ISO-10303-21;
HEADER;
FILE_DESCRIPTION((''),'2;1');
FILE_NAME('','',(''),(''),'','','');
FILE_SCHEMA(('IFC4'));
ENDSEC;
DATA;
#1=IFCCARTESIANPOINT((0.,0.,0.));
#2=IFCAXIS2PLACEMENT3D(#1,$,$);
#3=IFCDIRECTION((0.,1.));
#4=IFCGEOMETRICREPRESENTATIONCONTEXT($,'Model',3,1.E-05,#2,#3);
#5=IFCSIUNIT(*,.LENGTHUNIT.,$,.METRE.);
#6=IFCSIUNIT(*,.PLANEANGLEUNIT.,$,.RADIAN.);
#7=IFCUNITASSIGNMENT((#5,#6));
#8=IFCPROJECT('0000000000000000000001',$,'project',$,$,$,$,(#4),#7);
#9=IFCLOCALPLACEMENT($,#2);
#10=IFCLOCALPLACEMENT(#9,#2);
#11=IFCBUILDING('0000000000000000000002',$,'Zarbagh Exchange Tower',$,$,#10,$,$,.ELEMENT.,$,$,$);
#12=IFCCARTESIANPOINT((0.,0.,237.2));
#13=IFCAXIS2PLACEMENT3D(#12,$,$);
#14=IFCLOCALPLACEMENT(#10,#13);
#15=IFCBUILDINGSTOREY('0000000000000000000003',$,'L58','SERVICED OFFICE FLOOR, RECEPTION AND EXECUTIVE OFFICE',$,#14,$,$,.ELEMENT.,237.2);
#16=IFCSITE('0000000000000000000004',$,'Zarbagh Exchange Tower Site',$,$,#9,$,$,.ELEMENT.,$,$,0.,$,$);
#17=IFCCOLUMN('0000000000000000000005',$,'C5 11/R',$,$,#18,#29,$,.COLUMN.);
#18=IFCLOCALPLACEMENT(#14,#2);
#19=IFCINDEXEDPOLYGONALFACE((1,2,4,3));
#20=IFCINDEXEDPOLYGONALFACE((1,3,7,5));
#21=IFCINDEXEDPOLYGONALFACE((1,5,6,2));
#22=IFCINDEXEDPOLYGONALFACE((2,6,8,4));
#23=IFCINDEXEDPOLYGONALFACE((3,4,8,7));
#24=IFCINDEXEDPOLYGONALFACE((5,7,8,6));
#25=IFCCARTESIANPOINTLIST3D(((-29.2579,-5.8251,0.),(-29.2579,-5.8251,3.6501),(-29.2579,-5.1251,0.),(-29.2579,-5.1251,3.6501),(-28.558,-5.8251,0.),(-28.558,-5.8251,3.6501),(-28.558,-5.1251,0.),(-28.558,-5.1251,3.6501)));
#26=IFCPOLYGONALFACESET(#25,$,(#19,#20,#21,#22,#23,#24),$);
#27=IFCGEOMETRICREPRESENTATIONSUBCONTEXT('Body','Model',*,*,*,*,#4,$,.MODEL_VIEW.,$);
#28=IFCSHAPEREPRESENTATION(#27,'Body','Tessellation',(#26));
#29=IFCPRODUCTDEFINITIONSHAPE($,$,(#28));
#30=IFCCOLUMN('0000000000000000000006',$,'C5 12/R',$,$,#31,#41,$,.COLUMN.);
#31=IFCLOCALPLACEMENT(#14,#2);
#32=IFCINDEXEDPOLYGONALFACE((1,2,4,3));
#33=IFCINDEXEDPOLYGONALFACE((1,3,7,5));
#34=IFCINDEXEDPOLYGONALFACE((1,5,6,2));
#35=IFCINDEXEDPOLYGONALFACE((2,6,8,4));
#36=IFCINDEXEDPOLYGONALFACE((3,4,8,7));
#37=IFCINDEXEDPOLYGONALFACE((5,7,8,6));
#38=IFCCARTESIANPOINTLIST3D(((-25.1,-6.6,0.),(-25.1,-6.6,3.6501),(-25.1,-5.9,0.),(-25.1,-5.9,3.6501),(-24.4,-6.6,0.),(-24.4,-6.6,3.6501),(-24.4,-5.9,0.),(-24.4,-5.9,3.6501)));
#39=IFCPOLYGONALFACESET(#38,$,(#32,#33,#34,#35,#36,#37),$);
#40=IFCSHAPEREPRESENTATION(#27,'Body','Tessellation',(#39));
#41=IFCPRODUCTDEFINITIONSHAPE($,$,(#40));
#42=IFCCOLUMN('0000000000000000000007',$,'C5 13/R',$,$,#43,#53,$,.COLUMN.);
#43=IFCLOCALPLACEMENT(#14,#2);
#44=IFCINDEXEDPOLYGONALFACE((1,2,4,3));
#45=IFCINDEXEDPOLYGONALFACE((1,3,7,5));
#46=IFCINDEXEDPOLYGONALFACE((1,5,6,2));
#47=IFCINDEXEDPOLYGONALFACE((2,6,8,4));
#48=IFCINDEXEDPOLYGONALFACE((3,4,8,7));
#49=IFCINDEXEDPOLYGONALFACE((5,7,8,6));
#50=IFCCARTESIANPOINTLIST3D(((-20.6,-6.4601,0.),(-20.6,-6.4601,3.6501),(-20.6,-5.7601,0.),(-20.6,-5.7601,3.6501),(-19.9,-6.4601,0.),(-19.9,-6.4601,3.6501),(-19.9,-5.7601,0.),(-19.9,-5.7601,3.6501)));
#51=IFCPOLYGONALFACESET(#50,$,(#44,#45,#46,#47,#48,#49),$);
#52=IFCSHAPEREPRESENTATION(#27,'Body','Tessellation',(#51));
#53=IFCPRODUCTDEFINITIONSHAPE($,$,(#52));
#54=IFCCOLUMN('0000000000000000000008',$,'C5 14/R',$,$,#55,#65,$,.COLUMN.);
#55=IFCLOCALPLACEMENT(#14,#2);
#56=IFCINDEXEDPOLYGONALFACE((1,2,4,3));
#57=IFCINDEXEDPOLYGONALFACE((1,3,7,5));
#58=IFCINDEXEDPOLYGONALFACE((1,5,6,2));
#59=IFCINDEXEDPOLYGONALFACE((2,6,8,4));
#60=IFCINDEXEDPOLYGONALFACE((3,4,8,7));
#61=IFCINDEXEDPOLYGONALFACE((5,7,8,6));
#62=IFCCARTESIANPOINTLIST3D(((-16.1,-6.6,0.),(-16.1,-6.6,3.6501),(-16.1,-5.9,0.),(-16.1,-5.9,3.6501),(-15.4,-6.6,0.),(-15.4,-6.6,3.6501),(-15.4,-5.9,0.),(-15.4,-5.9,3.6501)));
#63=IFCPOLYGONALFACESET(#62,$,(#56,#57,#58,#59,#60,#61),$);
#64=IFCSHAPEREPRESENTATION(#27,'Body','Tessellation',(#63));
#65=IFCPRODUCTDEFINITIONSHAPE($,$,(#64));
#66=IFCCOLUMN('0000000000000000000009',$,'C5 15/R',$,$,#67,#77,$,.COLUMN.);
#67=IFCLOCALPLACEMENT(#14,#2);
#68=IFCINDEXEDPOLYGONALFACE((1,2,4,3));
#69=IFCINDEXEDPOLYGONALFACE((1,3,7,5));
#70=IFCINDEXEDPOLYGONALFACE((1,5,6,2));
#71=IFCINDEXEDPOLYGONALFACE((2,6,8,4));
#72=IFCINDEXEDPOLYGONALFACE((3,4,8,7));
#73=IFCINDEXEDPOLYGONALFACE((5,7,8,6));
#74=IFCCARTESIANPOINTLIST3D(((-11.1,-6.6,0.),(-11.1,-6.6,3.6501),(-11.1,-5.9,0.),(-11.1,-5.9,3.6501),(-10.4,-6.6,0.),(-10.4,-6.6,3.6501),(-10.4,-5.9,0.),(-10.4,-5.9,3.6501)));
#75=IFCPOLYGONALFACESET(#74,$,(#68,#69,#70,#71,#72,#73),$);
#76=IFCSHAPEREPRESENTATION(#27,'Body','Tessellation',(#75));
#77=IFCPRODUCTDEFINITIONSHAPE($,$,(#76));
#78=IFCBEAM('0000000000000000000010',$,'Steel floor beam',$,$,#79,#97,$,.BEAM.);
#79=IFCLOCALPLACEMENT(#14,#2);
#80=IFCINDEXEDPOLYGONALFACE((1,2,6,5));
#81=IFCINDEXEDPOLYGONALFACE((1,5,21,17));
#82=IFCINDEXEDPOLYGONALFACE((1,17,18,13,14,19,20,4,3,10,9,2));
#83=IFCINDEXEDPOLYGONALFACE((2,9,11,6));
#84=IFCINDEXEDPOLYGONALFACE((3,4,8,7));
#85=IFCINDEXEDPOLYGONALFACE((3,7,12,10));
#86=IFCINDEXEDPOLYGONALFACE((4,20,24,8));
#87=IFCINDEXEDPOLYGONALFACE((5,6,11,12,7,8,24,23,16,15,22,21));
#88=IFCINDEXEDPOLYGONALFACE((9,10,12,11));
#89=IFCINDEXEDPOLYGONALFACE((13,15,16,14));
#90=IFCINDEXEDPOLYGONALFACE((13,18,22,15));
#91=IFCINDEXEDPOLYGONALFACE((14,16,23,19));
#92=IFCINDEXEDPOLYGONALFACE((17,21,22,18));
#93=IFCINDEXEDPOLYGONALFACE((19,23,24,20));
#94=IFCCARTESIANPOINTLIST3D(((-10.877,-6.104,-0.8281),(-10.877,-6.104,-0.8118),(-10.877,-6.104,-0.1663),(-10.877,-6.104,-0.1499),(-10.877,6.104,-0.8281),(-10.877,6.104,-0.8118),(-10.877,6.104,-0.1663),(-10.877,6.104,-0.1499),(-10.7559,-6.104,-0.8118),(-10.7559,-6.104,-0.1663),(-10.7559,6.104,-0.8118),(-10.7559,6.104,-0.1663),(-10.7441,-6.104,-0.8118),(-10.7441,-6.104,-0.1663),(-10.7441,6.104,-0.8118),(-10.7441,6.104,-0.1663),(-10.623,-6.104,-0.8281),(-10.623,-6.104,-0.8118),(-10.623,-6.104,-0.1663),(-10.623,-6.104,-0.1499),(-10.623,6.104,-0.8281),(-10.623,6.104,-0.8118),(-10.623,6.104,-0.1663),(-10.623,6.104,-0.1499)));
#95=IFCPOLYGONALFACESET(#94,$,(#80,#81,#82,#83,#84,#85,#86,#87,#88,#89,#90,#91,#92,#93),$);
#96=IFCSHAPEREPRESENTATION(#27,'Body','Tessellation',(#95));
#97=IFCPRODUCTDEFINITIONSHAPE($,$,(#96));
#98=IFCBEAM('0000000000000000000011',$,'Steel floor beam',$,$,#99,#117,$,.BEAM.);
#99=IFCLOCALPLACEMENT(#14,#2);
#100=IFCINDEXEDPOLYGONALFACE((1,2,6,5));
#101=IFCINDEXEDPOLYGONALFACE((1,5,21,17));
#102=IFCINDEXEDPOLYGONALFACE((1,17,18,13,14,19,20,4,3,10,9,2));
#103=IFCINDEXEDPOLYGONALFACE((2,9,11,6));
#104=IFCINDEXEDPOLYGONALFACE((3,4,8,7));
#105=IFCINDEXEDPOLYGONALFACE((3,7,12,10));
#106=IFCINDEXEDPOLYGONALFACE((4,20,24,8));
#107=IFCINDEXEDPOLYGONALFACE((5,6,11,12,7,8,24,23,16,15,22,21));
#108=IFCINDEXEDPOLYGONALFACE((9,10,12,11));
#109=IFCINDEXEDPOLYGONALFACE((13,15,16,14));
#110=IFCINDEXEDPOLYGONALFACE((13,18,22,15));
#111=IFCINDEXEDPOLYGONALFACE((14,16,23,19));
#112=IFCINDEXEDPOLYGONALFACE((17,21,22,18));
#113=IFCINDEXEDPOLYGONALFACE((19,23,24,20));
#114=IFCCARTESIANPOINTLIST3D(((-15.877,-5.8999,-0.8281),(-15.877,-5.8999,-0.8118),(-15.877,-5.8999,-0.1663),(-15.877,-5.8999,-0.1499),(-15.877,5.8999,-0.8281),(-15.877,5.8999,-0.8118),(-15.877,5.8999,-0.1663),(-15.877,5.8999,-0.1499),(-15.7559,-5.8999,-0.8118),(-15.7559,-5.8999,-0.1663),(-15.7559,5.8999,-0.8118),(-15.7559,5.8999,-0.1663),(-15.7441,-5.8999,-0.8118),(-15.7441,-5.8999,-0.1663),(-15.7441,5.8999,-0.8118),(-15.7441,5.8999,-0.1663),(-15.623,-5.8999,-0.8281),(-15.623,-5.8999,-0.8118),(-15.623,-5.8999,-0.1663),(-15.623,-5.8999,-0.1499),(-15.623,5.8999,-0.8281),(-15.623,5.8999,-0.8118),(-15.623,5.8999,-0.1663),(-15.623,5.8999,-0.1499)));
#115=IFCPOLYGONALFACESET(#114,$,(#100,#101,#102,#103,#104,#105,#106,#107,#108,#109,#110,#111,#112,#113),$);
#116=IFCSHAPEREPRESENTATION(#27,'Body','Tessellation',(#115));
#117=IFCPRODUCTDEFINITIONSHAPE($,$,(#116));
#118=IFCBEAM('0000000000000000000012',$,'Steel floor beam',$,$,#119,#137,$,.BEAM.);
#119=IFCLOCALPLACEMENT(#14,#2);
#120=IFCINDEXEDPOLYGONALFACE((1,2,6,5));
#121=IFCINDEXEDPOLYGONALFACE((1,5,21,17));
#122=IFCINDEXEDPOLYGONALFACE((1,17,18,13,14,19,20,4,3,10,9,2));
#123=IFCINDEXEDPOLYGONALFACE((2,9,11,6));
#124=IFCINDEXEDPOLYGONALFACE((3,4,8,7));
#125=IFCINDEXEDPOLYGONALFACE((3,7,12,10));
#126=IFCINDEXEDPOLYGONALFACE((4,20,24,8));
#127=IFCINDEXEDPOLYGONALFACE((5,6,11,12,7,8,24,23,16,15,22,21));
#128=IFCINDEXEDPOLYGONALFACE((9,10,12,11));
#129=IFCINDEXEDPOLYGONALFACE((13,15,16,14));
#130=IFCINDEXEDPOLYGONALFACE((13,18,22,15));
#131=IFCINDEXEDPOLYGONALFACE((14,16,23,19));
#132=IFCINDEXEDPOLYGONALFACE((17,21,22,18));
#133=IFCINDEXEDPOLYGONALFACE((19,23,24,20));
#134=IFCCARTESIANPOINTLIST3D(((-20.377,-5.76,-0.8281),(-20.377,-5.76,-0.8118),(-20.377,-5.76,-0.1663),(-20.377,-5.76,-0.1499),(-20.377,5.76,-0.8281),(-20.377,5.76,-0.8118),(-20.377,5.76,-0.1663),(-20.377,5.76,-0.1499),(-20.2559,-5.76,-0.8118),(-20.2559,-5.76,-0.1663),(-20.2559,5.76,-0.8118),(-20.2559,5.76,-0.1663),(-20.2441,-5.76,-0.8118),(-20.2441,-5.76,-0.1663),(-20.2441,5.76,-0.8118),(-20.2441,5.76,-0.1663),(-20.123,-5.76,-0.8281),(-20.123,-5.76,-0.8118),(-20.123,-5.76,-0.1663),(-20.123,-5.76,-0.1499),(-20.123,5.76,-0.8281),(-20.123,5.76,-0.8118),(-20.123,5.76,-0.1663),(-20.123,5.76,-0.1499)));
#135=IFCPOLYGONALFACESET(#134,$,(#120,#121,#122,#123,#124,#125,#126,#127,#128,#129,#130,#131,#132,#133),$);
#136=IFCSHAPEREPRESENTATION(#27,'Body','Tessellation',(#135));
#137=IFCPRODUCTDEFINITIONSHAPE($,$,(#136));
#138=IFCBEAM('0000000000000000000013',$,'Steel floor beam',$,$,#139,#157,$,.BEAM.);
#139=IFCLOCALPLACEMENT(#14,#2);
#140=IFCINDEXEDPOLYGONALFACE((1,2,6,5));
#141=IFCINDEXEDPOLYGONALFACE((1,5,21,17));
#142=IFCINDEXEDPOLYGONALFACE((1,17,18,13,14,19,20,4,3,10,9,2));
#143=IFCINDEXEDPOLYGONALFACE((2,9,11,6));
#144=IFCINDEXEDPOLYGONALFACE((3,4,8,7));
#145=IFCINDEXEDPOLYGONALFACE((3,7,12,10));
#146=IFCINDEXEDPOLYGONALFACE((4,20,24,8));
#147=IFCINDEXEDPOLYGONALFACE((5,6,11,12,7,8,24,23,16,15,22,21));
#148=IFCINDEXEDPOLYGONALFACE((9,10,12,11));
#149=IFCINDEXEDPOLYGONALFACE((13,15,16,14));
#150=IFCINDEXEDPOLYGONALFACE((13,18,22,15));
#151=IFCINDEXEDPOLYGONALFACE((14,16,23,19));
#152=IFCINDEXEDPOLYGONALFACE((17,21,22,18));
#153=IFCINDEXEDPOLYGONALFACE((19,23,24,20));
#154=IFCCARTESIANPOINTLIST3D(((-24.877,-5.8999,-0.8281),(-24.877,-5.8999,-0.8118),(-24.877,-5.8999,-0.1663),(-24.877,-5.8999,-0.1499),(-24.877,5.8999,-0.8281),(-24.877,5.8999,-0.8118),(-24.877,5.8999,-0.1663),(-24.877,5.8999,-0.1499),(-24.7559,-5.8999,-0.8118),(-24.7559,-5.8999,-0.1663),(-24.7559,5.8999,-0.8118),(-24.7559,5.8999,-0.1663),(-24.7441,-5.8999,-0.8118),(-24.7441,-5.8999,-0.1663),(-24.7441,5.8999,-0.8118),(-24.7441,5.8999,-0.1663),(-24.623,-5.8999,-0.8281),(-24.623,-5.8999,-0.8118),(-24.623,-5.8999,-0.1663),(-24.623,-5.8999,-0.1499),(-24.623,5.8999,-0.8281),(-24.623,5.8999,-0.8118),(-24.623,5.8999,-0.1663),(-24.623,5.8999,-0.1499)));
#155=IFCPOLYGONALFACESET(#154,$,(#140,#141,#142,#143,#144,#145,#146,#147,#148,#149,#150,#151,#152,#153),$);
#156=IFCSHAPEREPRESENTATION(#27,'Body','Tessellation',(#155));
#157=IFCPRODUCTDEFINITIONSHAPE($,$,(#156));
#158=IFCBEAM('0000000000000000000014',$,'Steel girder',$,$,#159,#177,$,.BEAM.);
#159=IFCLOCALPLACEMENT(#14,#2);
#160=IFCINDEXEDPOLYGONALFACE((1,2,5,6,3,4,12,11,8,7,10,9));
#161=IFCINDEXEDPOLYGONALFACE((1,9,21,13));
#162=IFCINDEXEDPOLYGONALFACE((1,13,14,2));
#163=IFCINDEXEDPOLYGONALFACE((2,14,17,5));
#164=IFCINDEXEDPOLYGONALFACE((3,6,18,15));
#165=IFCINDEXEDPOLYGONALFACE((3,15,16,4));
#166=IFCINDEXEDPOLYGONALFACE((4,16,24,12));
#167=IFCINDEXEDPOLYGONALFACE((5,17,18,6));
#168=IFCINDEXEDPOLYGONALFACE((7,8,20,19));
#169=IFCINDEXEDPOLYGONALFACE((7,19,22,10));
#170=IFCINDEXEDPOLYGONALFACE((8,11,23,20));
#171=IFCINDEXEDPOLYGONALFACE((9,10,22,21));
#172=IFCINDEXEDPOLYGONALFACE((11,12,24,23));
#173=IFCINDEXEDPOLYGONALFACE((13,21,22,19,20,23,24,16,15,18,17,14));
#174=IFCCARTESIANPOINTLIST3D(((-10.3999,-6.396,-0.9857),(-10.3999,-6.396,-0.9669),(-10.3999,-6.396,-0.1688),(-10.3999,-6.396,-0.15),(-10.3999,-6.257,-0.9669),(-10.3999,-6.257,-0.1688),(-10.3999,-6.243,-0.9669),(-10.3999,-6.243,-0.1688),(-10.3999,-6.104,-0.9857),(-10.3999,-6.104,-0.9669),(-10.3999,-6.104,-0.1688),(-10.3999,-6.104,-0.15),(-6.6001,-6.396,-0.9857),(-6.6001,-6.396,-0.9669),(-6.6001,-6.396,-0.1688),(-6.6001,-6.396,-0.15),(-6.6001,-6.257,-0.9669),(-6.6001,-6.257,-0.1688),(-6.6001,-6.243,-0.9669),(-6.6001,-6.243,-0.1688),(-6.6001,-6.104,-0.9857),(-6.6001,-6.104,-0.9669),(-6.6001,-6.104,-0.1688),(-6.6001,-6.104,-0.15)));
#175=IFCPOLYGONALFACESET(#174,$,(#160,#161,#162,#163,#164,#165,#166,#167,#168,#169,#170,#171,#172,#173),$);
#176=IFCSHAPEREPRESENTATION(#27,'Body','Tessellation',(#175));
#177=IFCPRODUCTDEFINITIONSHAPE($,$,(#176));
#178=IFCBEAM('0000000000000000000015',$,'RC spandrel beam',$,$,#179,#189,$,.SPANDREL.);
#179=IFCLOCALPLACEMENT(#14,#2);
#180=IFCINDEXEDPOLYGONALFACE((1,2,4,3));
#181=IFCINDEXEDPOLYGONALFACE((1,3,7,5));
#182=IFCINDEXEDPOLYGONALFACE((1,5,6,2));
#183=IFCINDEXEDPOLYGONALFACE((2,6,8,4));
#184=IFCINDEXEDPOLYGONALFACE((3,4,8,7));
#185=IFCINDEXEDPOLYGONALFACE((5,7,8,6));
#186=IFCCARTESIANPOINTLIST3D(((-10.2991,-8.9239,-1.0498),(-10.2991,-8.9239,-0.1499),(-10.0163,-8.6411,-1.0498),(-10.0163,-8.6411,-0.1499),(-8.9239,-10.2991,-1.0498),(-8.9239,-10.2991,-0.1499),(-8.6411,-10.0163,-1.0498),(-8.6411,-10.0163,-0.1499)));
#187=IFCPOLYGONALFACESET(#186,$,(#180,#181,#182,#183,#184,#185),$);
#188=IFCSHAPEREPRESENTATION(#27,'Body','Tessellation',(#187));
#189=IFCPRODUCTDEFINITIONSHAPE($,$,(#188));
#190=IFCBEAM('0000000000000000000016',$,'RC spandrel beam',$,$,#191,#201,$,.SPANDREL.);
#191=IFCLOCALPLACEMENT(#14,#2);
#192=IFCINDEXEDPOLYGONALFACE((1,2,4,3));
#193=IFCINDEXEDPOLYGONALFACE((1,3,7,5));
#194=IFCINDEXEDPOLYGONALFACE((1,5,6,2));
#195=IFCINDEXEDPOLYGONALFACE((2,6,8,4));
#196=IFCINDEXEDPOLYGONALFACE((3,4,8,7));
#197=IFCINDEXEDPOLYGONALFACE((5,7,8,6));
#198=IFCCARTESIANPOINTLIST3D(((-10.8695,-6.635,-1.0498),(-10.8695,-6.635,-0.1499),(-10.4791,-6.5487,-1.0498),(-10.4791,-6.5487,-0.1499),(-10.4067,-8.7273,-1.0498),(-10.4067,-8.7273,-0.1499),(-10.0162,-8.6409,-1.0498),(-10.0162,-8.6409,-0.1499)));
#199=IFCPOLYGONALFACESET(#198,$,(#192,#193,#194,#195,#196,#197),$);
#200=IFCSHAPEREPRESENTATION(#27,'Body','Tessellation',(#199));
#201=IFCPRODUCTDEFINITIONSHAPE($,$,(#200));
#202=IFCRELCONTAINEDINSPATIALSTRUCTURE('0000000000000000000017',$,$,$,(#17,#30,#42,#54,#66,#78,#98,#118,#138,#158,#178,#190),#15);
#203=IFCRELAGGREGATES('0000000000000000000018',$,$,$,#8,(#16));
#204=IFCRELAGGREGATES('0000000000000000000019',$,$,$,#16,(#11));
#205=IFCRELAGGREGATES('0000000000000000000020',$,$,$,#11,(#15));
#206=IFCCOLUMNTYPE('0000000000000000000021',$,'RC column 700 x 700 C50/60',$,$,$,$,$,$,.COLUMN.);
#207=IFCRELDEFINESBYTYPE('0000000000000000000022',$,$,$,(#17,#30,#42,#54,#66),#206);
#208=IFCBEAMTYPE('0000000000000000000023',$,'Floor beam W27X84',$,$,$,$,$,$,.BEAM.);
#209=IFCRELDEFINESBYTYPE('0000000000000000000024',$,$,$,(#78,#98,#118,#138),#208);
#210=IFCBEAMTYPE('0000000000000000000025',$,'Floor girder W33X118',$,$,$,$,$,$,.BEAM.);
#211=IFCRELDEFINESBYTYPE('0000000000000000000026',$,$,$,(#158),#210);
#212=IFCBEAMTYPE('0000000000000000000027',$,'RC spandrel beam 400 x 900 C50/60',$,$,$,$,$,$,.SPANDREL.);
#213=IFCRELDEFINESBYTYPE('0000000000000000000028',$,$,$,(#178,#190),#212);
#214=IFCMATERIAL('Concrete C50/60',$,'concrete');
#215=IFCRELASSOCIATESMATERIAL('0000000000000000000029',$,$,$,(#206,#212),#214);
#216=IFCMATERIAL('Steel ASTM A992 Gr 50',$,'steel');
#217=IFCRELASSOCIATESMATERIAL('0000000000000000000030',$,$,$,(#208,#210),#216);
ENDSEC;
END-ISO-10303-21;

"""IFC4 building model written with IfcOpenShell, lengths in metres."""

from ifc_helpers import new_model, si_unit, direction, frame, origin, origin_2d, place, context, subcontext, project, spatial, rectangle, i_section, extrude, material, material_profile, profile_set, type_object, element, save


model = new_model("IFC4")

# Units and contexts
model_context = context("Model", 3, precision=1e-05, world=origin(), true_north=direction((0.0, 1.0)))
body_context = subcontext(model_context, "Body", "Model", "MODEL_VIEW")
ifc_project = project(units=[si_unit("LENGTHUNIT", "METRE"), si_unit("PLANEANGLEUNIT", "RADIAN")], contexts=[model_context])

# Site, building, storey
site_placement = place(None, origin())
site = spatial("IfcSite", under=ifc_project, at=site_placement, Name="Zarbagh Exchange Tower Site", CompositionType="ELEMENT", RefElevation=0.0)
building_placement = place(site_placement, origin())
building = spatial("IfcBuilding", under=site, at=building_placement, Name="Zarbagh Exchange Tower", CompositionType="ELEMENT")
storey_placement = place(building_placement, frame((0.0, 0.0, 237.2)))
storey = spatial("IfcBuildingStorey", under=building, at=storey_placement, Name="L58", Description="SERVICED OFFICE FLOOR, RECEPTION AND EXECUTIVE OFFICE", CompositionType="ELEMENT", Elevation=237.2)

# Columns
ifc_material_1 = material(Name="Concrete C50/60", Category="concrete")
ifc_material_profile_1 = material_profile(ifc_material_1, rectangle(XDim=0.7, YDim=0.7, at=origin_2d()), Name="RC column 700 x 700 C50/60")
ifc_profile_set_1 = profile_set([ifc_material_profile_1], Name="Concrete C50/60")
column_type = type_object("IfcColumnType", Name="RC column 700 x 700 C50/60", PredefinedType="COLUMN", material=ifc_profile_set_1)
for number, where, z_axis, x_axis, name in (
    (1, (-28.908, -5.4751, 0.0), (0.0, 0.0, 1.0), (1.0, 0.0, 0.0), "C5 11/R"),
    (2, (-24.75, -6.25, 0.0), (0.0, 0.0, 1.0), (1.0, 0.0, 0.0), "C5 12/R"),
    (3, (-20.25, -6.1101, 0.0), (0.0, 0.0, 1.0), (1.0, 0.0, 0.0), "C5 13/R"),
    (4, (-15.75, -6.25, 0.0), (0.0, 0.0, 1.0), (1.0, 0.0, 0.0), "C5 14/R"),
    (5, (-10.75, -6.25, 0.0), (0.0, 0.0, 1.0), (1.0, 0.0, 0.0), "C5 15/R"),
):
    element("IfcColumn", number, at=place(storey_placement, frame(where, z_axis=z_axis, x_axis=x_axis)), inside=storey, type_object=column_type, Name=name, PredefinedType="COLUMN", context=body_context, shape_type="SweptSolid", body=[
        extrude(rectangle(XDim=0.7, YDim=0.7, at=origin_2d()), origin(), (0.0, 0.0, 1.0), 3.6501),
    ])

# Beams
ifc_material_2 = material(Name="Steel ASTM A992 Gr 50", Category="steel")
ifc_material_profile_2 = material_profile(ifc_material_2, i_section(OverallWidth=0.2539, OverallDepth=0.6782, WebThickness=0.0117, FlangeThickness=0.0164, at=origin_2d()), Name="W27X84")
ifc_profile_set_2 = profile_set([ifc_material_profile_2], Name="Steel ASTM A992 Gr 50")
beam_type_1 = type_object("IfcBeamType", Name="Floor beam W27X84", PredefinedType="BEAM", material=ifc_profile_set_2)
beam_1_placement = place(storey_placement, frame((-10.75, -6.104, -0.489), z_axis=(0.0, 1.0, 0.0), x_axis=(-1.0, 0.0, 0.0)))
element("IfcBeam", 6, at=beam_1_placement, inside=storey, type_object=beam_type_1, Name="Steel floor beam", PredefinedType="BEAM", context=body_context, shape_type="SweptSolid", body=[
    extrude(i_section(OverallWidth=0.2539, OverallDepth=0.6782, WebThickness=0.0117, FlangeThickness=0.0164, at=origin_2d()), origin(), (0.0, 0.0, 1.0), 12.208),
])
beam_2_placement = place(storey_placement, frame((-15.75, -5.8999, -0.489), z_axis=(0.0, 1.0, 0.0), x_axis=(-1.0, 0.0, 0.0)))
element("IfcBeam", 7, at=beam_2_placement, inside=storey, type_object=beam_type_1, Name="Steel floor beam", PredefinedType="BEAM", context=body_context, shape_type="SweptSolid", body=[
    extrude(i_section(OverallWidth=0.2539, OverallDepth=0.6782, WebThickness=0.0117, FlangeThickness=0.0164, at=origin_2d()), origin(), (0.0, 0.0, 1.0), 11.7998),
])
beam_3_placement = place(storey_placement, frame((-20.25, -5.76, -0.489), z_axis=(0.0, 1.0, 0.0), x_axis=(-1.0, 0.0, 0.0)))
element("IfcBeam", 8, at=beam_3_placement, inside=storey, type_object=beam_type_1, Name="Steel floor beam", PredefinedType="BEAM", context=body_context, shape_type="SweptSolid", body=[
    extrude(i_section(OverallWidth=0.2539, OverallDepth=0.6782, WebThickness=0.0117, FlangeThickness=0.0164, at=origin_2d()), origin(), (0.0, 0.0, 1.0), 11.52),
])
beam_4_placement = place(storey_placement, frame((-24.75, -5.8999, -0.489), z_axis=(0.0, 1.0, 0.0), x_axis=(-1.0, 0.0, 0.0)))
element("IfcBeam", 9, at=beam_4_placement, inside=storey, type_object=beam_type_1, Name="Steel floor beam", PredefinedType="BEAM", context=body_context, shape_type="SweptSolid", body=[
    extrude(i_section(OverallWidth=0.2539, OverallDepth=0.6782, WebThickness=0.0117, FlangeThickness=0.0164, at=origin_2d()), origin(), (0.0, 0.0, 1.0), 11.7998),
])
ifc_material_profile_3 = material_profile(ifc_material_2, i_section(OverallWidth=0.292, OverallDepth=0.8357, WebThickness=0.0139, FlangeThickness=0.0188, at=origin_2d()), Name="W33X118")
ifc_profile_set_3 = profile_set([ifc_material_profile_3], Name="Steel ASTM A992 Gr 50")
beam_type_2 = type_object("IfcBeamType", Name="Floor girder W33X118", PredefinedType="BEAM", material=ifc_profile_set_3)
beam_5_placement = place(storey_placement, frame((-10.3999, -6.25, -0.5679), z_axis=(1.0, 0.0, 0.0), x_axis=(0.0, 1.0, 0.0)))
element("IfcBeam", 10, at=beam_5_placement, inside=storey, type_object=beam_type_2, Name="Steel girder", PredefinedType="BEAM", context=body_context, shape_type="SweptSolid", body=[
    extrude(i_section(OverallWidth=0.292, OverallDepth=0.8357, WebThickness=0.0139, FlangeThickness=0.0188, at=origin_2d()), origin(), (0.0, 0.0, 1.0), 3.7998),
])
ifc_material_profile_4 = material_profile(ifc_material_1, rectangle(XDim=0.3999, YDim=0.8999, at=origin_2d()), Name="RC spandrel beam 400 x 900 C50/60")
ifc_profile_set_4 = profile_set([ifc_material_profile_4], Name="Concrete C50/60")
beam_type_3 = type_object("IfcBeamType", Name="RC spandrel beam 400 x 900 C50/60", PredefinedType="SPANDREL", material=ifc_profile_set_4)
beam_6_placement = place(storey_placement, frame((-8.7825, -10.1577, -0.5999), z_axis=(-0.707107, 0.707107, 0.0), x_axis=(-0.707107, -0.707107, 0.0)))
element("IfcBeam", 11, at=beam_6_placement, inside=storey, type_object=beam_type_3, Name="RC spandrel beam", PredefinedType="SPANDREL", context=body_context, shape_type="SweptSolid", body=[
    extrude(rectangle(XDim=0.3999, YDim=0.8999, at=origin_2d()), origin(), (0.0, 0.0, 1.0), 1.9448),
])
beam_7_placement = place(storey_placement, frame((-10.2114, -8.6841, -0.5999), z_axis=(-0.216014, 0.97639, 0.0), x_axis=(-0.97639, -0.216014, 0.0)))
element("IfcBeam", 12, at=beam_7_placement, inside=storey, type_object=beam_type_3, Name="RC spandrel beam", PredefinedType="SPANDREL", context=body_context, shape_type="SweptSolid", body=[
    extrude(rectangle(XDim=0.3999, YDim=0.8999, at=origin_2d()), origin(), (0.0, 0.0, 1.0), 2.1428),
])

save(model, "model.ifc")
